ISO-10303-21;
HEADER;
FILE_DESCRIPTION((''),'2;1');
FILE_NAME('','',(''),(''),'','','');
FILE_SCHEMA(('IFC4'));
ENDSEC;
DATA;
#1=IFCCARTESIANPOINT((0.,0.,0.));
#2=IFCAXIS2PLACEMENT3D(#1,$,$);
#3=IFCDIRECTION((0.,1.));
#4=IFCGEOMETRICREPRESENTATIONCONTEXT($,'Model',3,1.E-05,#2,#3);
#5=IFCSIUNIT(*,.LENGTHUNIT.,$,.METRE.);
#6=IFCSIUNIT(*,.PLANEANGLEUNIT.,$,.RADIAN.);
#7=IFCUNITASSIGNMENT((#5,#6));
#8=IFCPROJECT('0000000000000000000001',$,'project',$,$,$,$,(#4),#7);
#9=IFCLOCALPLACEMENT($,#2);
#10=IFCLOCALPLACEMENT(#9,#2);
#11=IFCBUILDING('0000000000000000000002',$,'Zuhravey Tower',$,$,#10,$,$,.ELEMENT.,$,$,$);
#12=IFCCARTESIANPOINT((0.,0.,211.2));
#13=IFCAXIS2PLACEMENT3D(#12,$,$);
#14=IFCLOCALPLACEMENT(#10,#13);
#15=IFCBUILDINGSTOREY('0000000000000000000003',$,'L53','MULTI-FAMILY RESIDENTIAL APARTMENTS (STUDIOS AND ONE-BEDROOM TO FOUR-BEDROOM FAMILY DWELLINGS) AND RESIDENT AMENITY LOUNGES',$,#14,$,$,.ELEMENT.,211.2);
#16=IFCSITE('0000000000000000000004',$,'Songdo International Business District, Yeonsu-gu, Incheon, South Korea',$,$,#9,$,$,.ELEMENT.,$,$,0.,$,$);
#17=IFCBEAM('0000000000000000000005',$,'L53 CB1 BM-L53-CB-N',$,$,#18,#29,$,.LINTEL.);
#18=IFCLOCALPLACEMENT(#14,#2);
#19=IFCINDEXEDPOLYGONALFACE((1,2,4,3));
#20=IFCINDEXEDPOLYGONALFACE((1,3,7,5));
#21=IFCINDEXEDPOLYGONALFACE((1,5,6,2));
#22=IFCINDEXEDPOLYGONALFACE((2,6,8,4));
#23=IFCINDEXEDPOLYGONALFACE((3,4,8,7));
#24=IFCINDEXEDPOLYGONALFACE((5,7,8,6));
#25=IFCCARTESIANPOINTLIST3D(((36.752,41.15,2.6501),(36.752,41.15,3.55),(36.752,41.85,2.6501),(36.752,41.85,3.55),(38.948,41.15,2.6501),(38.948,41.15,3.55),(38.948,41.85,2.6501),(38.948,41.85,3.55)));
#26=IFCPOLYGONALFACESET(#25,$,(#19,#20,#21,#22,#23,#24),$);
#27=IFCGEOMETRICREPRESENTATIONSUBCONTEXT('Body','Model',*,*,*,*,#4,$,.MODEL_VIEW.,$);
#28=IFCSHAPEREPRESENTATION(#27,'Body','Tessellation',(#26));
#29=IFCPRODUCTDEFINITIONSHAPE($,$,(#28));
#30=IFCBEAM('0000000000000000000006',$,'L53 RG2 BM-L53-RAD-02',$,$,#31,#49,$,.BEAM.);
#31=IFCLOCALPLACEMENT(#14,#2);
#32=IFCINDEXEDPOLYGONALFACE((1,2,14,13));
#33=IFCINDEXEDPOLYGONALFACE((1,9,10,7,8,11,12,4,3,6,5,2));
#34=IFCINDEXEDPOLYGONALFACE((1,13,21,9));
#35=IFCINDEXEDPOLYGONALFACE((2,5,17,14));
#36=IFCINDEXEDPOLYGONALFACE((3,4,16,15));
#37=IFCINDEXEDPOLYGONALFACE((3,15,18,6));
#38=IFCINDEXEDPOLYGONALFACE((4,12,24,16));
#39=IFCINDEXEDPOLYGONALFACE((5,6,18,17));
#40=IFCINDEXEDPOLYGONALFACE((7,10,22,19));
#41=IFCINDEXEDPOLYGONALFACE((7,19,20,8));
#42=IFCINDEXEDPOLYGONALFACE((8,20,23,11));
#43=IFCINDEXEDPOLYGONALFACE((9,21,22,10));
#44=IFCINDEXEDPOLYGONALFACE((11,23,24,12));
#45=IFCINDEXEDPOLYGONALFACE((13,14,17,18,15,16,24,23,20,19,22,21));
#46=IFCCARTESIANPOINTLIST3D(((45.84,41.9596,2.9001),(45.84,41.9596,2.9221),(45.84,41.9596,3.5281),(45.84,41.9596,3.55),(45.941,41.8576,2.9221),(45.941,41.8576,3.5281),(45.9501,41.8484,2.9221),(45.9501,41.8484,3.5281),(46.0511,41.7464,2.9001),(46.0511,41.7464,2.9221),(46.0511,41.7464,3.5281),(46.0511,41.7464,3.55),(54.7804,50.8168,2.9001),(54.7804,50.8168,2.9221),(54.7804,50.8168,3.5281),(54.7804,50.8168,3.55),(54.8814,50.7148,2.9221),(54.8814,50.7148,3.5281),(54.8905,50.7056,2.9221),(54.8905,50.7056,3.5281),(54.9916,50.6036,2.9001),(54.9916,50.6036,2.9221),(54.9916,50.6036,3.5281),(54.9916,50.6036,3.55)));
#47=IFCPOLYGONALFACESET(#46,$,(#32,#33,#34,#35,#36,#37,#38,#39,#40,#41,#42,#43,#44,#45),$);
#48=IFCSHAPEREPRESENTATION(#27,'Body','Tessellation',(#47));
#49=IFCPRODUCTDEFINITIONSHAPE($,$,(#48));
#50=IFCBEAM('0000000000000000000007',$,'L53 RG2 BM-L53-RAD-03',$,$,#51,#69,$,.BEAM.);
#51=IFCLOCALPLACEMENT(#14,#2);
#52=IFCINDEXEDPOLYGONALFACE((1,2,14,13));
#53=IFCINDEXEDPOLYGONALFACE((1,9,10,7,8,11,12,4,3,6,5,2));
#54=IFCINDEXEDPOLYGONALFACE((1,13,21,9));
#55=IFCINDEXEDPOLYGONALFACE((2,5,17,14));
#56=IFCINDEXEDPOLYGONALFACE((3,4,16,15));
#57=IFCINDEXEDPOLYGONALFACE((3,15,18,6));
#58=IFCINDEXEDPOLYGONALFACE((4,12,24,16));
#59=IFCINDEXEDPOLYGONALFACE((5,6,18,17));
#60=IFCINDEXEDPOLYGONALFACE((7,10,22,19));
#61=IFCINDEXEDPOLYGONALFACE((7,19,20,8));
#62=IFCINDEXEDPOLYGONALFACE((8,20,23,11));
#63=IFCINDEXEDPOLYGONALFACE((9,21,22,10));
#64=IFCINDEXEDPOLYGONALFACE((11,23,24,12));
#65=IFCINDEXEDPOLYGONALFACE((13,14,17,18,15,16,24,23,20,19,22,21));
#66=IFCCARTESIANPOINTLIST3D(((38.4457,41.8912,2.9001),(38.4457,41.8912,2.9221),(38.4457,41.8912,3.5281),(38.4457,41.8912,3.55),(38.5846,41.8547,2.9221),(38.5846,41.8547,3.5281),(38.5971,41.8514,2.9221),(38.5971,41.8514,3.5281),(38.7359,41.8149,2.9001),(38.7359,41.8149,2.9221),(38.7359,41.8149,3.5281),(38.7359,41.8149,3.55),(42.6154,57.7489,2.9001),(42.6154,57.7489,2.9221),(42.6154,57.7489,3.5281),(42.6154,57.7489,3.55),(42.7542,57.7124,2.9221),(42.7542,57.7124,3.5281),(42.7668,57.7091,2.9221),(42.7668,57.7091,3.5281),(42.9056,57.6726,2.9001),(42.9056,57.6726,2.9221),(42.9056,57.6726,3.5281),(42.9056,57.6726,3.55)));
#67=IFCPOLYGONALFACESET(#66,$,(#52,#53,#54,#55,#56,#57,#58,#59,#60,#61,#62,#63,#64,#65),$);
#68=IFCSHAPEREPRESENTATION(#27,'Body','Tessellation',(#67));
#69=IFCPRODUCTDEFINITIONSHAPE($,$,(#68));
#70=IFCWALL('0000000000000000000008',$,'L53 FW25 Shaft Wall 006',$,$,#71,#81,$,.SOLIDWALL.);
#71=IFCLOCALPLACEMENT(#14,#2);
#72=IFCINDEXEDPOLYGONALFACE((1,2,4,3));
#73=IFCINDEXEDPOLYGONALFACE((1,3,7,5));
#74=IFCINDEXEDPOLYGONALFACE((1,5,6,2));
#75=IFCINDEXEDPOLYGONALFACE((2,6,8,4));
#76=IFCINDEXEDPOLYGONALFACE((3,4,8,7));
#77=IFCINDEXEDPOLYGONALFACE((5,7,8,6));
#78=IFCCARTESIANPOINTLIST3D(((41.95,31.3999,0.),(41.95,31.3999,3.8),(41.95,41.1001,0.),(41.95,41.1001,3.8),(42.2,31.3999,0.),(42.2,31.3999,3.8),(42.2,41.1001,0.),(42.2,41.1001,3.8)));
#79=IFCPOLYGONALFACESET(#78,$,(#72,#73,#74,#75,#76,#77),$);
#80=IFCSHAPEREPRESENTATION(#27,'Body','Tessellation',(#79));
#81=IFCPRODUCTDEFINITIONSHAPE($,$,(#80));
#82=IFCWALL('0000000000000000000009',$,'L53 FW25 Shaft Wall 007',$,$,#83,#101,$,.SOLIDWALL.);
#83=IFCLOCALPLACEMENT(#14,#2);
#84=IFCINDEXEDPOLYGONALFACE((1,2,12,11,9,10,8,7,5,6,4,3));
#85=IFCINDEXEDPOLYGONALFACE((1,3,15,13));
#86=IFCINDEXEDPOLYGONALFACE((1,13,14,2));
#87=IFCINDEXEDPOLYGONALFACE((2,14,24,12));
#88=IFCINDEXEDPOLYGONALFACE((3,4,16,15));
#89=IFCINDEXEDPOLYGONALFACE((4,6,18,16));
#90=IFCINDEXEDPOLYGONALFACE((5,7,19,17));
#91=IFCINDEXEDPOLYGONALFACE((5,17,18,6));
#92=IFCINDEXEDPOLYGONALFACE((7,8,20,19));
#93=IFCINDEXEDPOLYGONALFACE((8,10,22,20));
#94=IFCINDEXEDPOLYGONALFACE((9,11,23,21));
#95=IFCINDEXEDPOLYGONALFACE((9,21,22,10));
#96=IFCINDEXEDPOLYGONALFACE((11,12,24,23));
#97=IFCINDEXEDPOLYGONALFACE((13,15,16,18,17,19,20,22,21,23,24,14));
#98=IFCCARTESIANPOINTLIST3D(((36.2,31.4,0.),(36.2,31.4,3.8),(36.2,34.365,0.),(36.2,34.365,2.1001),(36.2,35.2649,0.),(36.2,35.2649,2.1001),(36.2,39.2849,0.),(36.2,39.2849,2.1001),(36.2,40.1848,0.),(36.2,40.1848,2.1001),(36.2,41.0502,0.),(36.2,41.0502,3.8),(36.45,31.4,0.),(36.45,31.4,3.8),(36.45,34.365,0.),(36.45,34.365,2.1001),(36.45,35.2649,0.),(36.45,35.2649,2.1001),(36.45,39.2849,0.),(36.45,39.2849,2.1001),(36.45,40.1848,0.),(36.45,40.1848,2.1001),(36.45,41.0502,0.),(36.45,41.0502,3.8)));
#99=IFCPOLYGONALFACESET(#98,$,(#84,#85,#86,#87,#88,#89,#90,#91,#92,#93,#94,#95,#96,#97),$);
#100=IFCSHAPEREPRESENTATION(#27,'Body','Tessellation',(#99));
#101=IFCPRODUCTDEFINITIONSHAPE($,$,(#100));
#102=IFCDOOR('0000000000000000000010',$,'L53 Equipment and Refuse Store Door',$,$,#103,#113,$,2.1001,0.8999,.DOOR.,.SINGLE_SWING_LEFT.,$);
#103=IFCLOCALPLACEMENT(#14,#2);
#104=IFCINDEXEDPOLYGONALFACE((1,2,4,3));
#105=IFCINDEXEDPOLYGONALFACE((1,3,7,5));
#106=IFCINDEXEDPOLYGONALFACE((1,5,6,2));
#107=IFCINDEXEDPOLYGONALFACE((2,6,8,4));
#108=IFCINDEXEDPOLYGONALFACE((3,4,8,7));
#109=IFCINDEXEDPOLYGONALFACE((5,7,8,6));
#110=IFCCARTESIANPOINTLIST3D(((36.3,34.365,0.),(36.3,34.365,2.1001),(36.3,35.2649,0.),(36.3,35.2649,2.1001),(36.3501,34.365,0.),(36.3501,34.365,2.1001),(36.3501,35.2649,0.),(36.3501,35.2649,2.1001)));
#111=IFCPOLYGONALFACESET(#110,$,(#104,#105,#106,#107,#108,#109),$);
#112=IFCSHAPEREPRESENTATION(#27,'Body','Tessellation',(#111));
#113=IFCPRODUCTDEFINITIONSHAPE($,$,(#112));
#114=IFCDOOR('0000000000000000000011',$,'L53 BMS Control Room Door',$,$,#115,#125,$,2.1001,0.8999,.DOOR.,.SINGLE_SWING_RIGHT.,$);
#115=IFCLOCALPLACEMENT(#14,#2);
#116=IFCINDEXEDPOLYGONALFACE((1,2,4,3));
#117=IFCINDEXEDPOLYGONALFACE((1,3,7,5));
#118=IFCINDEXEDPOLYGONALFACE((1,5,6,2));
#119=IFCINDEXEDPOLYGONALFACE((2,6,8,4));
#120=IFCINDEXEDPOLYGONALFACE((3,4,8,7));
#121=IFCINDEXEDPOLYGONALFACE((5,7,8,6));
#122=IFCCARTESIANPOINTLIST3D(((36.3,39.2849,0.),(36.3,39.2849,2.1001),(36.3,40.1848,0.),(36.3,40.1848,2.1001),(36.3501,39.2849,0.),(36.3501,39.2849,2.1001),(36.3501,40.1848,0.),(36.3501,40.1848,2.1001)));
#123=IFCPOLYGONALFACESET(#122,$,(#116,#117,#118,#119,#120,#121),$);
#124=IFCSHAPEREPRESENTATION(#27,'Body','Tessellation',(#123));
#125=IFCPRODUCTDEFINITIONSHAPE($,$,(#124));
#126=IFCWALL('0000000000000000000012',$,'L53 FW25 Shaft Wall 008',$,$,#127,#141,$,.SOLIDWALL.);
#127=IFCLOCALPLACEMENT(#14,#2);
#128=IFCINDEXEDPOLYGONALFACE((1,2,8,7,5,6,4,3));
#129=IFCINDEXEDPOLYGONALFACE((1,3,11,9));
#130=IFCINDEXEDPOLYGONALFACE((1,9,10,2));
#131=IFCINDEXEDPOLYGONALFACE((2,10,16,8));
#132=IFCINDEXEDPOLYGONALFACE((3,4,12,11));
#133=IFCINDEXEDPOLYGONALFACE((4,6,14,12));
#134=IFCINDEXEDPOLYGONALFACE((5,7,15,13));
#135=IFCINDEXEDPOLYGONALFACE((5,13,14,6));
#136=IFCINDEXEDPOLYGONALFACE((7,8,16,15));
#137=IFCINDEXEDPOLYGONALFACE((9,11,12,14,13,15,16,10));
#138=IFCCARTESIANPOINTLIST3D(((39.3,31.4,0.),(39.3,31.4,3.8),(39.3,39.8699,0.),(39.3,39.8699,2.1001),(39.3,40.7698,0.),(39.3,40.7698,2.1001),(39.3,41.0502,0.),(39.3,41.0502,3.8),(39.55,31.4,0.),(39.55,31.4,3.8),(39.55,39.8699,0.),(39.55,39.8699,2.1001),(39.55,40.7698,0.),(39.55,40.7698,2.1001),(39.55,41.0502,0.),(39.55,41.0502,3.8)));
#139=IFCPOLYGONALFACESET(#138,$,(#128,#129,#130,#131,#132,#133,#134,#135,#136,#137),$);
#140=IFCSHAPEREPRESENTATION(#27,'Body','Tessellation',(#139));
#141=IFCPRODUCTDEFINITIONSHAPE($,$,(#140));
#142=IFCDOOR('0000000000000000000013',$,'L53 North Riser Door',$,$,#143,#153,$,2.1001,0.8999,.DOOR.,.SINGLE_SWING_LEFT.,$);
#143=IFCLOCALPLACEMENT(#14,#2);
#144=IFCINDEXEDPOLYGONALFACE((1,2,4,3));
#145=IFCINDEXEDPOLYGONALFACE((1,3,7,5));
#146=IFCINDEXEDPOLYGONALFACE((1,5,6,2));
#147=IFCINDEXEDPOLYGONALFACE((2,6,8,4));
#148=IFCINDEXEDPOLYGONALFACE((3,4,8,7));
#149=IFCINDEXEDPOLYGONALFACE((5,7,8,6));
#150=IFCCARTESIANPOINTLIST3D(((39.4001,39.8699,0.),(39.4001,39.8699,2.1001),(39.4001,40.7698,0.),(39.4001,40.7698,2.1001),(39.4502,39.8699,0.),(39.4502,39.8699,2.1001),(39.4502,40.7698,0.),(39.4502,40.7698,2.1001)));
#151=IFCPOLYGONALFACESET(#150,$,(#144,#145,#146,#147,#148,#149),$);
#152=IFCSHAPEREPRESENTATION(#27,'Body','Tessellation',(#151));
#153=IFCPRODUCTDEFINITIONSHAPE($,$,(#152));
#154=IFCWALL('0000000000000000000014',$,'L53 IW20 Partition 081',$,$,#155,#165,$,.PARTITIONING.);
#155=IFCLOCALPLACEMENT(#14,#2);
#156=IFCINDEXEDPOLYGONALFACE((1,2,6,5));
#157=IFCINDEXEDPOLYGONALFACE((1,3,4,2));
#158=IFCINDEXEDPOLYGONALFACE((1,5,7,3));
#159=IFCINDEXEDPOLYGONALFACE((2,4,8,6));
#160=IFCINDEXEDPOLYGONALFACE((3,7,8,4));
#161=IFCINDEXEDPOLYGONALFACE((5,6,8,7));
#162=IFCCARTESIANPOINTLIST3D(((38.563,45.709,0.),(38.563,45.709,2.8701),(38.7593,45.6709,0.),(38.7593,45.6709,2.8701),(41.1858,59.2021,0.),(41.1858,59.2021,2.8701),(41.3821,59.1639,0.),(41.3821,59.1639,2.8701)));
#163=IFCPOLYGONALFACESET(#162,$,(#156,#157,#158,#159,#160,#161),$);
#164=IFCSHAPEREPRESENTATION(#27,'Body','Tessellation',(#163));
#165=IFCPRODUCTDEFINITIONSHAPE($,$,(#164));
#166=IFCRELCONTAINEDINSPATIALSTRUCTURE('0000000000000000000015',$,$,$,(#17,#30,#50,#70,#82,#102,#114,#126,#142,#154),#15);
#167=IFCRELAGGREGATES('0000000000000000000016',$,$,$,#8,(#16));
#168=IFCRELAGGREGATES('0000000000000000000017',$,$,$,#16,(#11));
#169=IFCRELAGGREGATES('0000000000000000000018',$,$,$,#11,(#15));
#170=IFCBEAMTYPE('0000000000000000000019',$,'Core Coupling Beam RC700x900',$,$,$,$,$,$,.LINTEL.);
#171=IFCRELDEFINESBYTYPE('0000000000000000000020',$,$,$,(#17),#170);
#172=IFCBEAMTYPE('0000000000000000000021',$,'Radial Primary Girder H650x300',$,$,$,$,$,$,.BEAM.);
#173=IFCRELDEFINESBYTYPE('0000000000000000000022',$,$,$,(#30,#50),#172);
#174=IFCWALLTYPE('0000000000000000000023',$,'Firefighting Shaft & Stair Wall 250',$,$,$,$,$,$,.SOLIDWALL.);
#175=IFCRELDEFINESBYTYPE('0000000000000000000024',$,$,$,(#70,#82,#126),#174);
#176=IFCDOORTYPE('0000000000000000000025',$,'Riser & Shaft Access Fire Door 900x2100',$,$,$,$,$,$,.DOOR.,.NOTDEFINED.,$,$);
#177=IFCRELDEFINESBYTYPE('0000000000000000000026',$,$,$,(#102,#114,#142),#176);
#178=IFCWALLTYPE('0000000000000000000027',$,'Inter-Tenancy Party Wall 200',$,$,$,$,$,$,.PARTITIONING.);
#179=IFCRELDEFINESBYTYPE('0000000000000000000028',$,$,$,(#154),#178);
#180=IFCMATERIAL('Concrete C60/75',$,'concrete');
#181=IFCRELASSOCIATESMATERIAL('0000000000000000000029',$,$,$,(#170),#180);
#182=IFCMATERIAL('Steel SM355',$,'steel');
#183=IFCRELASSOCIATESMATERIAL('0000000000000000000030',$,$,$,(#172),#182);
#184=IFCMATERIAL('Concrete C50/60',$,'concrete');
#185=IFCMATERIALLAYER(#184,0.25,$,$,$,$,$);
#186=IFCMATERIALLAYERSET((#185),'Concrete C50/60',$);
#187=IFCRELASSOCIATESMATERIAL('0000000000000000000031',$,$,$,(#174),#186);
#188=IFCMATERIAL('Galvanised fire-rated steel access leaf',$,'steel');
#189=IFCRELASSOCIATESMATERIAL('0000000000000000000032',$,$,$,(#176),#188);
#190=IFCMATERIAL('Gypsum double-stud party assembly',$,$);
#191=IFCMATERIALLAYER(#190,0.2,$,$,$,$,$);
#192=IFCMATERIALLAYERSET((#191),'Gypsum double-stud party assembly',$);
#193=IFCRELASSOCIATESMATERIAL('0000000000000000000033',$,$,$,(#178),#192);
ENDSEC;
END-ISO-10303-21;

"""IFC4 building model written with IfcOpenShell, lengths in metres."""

from ifc_helpers import new_model, si_unit, direction, frame, frame_2d, origin, origin_2d, place, context, subcontext, project, spatial, rectangle, i_section, extrude, material, layer, layer_set, material_profile, profile_set, type_object, element, fill, save


model = new_model("IFC4")

# Units and contexts
model_context = context("Model", 3, precision=1e-05, world=origin(), true_north=direction((0.0, 1.0)))
body_context = subcontext(model_context, "Body", "Model", "MODEL_VIEW")
ifc_project = project(units=[si_unit("LENGTHUNIT", "METRE"), si_unit("PLANEANGLEUNIT", "RADIAN")], contexts=[model_context])

# Site, building, storey
site_placement = place(None, origin())
site = spatial("IfcSite", under=ifc_project, at=site_placement, Name="Songdo International Business District, Yeonsu-gu, Incheon, South Korea", CompositionType="ELEMENT", RefElevation=0.0)
building_placement = place(site_placement, origin())
building = spatial("IfcBuilding", under=site, at=building_placement, Name="Zuhravey Tower", CompositionType="ELEMENT")
storey_placement = place(building_placement, frame((0.0, 0.0, 211.2)))
storey = spatial("IfcBuildingStorey", under=building, at=storey_placement, Name="L53", Description="MULTI-FAMILY RESIDENTIAL APARTMENTS (STUDIOS AND ONE-BEDROOM TO FOUR-BEDROOM FAMILY DWELLINGS) AND RESIDENT AMENITY LOUNGES", CompositionType="ELEMENT", Elevation=211.2)

# Beams
ifc_material_1 = material(Name="Concrete C60/75", Category="concrete")
ifc_material_profile_1 = material_profile(ifc_material_1, rectangle(XDim=0.7, YDim=0.8999, at=origin_2d()), Name="RC-700x900")
ifc_profile_set_1 = profile_set([ifc_material_profile_1], Name="Concrete C60/75")
beam_type_1 = type_object("IfcBeamType", Name="Core Coupling Beam RC700x900", PredefinedType="LINTEL", material=ifc_profile_set_1)
beam_1_placement = place(storey_placement, frame((36.752, 41.5, 3.1001), z_axis=(1.0, 0.0, 0.0), x_axis=(0.0, 1.0, 0.0)))
element("IfcBeam", 1, at=beam_1_placement, inside=storey, type_object=beam_type_1, Name="L53 CB1 BM-L53-CB-N", PredefinedType="LINTEL", context=body_context, shape_type="SweptSolid", body=[
    extrude(rectangle(XDim=0.7, YDim=0.8999, at=origin_2d()), origin(), (0.0, 0.0, 1.0), 2.196),
])
ifc_material_2 = material(Name="Steel SM355", Category="steel")
ifc_material_profile_2 = material_profile(ifc_material_2, i_section(OverallWidth=0.3, OverallDepth=0.6499, WebThickness=0.0129, FlangeThickness=0.022, at=origin_2d()), Name="H-650x300x13x22")
ifc_profile_set_2 = profile_set([ifc_material_profile_2], Name="Steel SM355")
beam_type_2 = type_object("IfcBeamType", Name="Radial Primary Girder H650x300", PredefinedType="BEAM", material=ifc_profile_set_2)
beam_2_placement = place(storey_placement, frame((45.9456, 41.853, 3.2251), z_axis=(0.710407, 0.703791, 0.0), x_axis=(-0.703791, 0.710407, 0.0)))
element("IfcBeam", 2, at=beam_2_placement, inside=storey, type_object=beam_type_2, Name="L53 RG2 BM-L53-RAD-02", PredefinedType="BEAM", context=body_context, shape_type="SweptSolid", body=[
    extrude(i_section(OverallWidth=0.3, OverallDepth=0.6499, WebThickness=0.0129, FlangeThickness=0.022, at=origin_2d()), origin(), (0.0, 0.0, 1.0), 12.585),
])
beam_3_placement = place(storey_placement, frame((38.5908, 41.853, 3.2251), z_axis=(0.2543, 0.967125, 0.0), x_axis=(-0.967125, 0.2543, 0.0)))
element("IfcBeam", 3, at=beam_3_placement, inside=storey, type_object=beam_type_2, Name="L53 RG2 BM-L53-RAD-03", PredefinedType="BEAM", context=body_context, shape_type="SweptSolid", body=[
    extrude(i_section(OverallWidth=0.3, OverallDepth=0.6499, WebThickness=0.0129, FlangeThickness=0.022, at=origin_2d()), origin(), (0.0, 0.0, 1.0), 16.3967),
])

# Shared definitions
ifc_material_3 = material(Name="Concrete C50/60", Category="concrete")
ifc_layer_1 = layer(ifc_material_3, 0.25)
ifc_layer_set_1 = layer_set([ifc_layer_1], Name="Concrete C50/60")
wall_type_1 = type_object("IfcWallType", Name="Firefighting Shaft & Stair Wall 250", PredefinedType="SOLIDWALL", material=ifc_layer_set_1)

# Wall
wall_1_placement = place(storey_placement, frame((42.075, 31.3999, 0.0), z_axis=(0.0, 0.0, 1.0), x_axis=(0.0, 1.0, 0.0)))
element("IfcWall", 4, at=wall_1_placement, inside=storey, type_object=wall_type_1, Name="L53 FW25 Shaft Wall 006", PredefinedType="SOLIDWALL", context=body_context, shape_type="SweptSolid", body=[
    extrude(rectangle(XDim=9.7002, YDim=0.25, at=frame_2d((4.8501, 0.0))), origin(), (0.0, 0.0, 1.0), 3.8),
])

# Wall, openings, doors
wall_2_placement = place(storey_placement, frame((36.325, 31.3999, 0.0), z_axis=(0.0, 0.0, 1.0), x_axis=(0.0, 1.0, 0.0)))
wall_2 = element("IfcWall", 5, at=wall_2_placement, inside=storey, type_object=wall_type_1, Name="L53 FW25 Shaft Wall 007", PredefinedType="SOLIDWALL", context=body_context, shape_type="SweptSolid", body=[
    extrude(rectangle(XDim=9.6501, YDim=0.25, at=frame_2d((4.8252, 0.0))), origin(), (0.0, 0.0, 1.0), 3.8),
])
opening_1_placement = place(wall_2_placement, frame((2.9651, 0.0, 0.0)))
opening_1 = element("IfcOpeningElement", 6, at=opening_1_placement, cuts=wall_2, PredefinedType="OPENING", context=body_context, shape_type="SweptSolid", body=[
    extrude(rectangle(XDim=0.8999, YDim=2.1001, at=frame_2d((0.45, 1.05))), frame((0.0, 0.137, 0.0), z_axis=(0.0, -1.0, 0.0), x_axis=(1.0, 0.0, 0.0)), (0.0, 0.0, 1.0), 0.2739),
])
opening_2_placement = place(wall_2_placement, frame((7.885, 0.0, 0.0)))
opening_2 = element("IfcOpeningElement", 7, at=opening_2_placement, cuts=wall_2, PredefinedType="OPENING", context=body_context, shape_type="SweptSolid", body=[
    extrude(rectangle(XDim=0.8999, YDim=2.1001, at=frame_2d((0.45, 1.05))), frame((0.0, 0.137, 0.0), z_axis=(0.0, -1.0, 0.0), x_axis=(1.0, 0.0, 0.0)), (0.0, 0.0, 1.0), 0.2739),
])
ifc_material_4 = material(Name="Galvanised fire-rated steel access leaf", Category="steel")
door_type_1 = type_object("IfcDoorType", Name="Riser & Shaft Access Fire Door 900x2100", OperationType="NOTDEFINED", PredefinedType="DOOR", material=ifc_material_4)
door_1_placement = place(opening_1_placement, origin())
door_1 = element("IfcDoor", 8, at=door_1_placement, inside=storey, type_object=door_type_1, Name="L53 Equipment and Refuse Store Door", OperationType="SINGLE_SWING_LEFT", OverallHeight=2.1001, OverallWidth=0.8999, PredefinedType="DOOR", context=body_context, shape_type="SweptSolid", body=[
    extrude(rectangle(XDim=0.8999, YDim=2.1001, at=frame_2d((0.45, 1.05))), frame((0.0, 0.0249, 0.0), z_axis=(0.0, -1.0, 0.0), x_axis=(1.0, 0.0, 0.0)), (0.0, 0.0, 1.0), 0.05),
])
fill(opening_1, door_1)
door_2_placement = place(opening_2_placement, origin())
door_2 = element("IfcDoor", 9, at=door_2_placement, inside=storey, type_object=door_type_1, Name="L53 BMS Control Room Door", OperationType="SINGLE_SWING_RIGHT", OverallHeight=2.1001, OverallWidth=0.8999, PredefinedType="DOOR", context=body_context, shape_type="SweptSolid", body=[
    extrude(rectangle(XDim=0.8999, YDim=2.1001, at=frame_2d((0.45, 1.05))), frame((0.0, 0.0249, 0.0), z_axis=(0.0, -1.0, 0.0), x_axis=(1.0, 0.0, 0.0)), (0.0, 0.0, 1.0), 0.05),
])
fill(opening_2, door_2)

# Wall, opening, door
wall_3_placement = place(storey_placement, frame((39.425, 31.3999, 0.0), z_axis=(0.0, 0.0, 1.0), x_axis=(0.0, 1.0, 0.0)))
wall_3 = element("IfcWall", 10, at=wall_3_placement, inside=storey, type_object=wall_type_1, Name="L53 FW25 Shaft Wall 008", PredefinedType="SOLIDWALL", context=body_context, shape_type="SweptSolid", body=[
    extrude(rectangle(XDim=9.6501, YDim=0.25, at=frame_2d((4.8252, 0.0))), origin(), (0.0, 0.0, 1.0), 3.8),
])
opening_3_placement = place(wall_3_placement, frame((8.47, 0.0, 0.0)))
opening_3 = element("IfcOpeningElement", 11, at=opening_3_placement, cuts=wall_3, PredefinedType="OPENING", context=body_context, shape_type="SweptSolid", body=[
    extrude(rectangle(XDim=0.8999, YDim=2.1001, at=frame_2d((0.45, 1.05))), frame((0.0, 0.137, 0.0), z_axis=(0.0, -1.0, 0.0), x_axis=(1.0, 0.0, 0.0)), (0.0, 0.0, 1.0), 0.2739),
])
door_3_placement = place(opening_3_placement, origin())
door_3 = element("IfcDoor", 12, at=door_3_placement, inside=storey, type_object=door_type_1, Name="L53 North Riser Door", OperationType="SINGLE_SWING_LEFT", OverallHeight=2.1001, OverallWidth=0.8999, PredefinedType="DOOR", context=body_context, shape_type="SweptSolid", body=[
    extrude(rectangle(XDim=0.8999, YDim=2.1001, at=frame_2d((0.45, 1.05))), frame((0.0, 0.0249, 0.0), z_axis=(0.0, -1.0, 0.0), x_axis=(1.0, 0.0, 0.0)), (0.0, 0.0, 1.0), 0.05),
])
fill(opening_3, door_3)

# Wall
ifc_material_5 = material(Name="Gypsum double-stud party assembly")
ifc_layer_2 = layer(ifc_material_5, 0.2)
ifc_layer_set_2 = layer_set([ifc_layer_2], Name="Gypsum double-stud party assembly")
wall_type_2 = type_object("IfcWallType", Name="Inter-Tenancy Party Wall 200", PredefinedType="PARTITIONING", material=ifc_layer_set_2)
wall_4_placement = place(storey_placement, frame((38.6611, 45.6899, 0.0), z_axis=(0.0, 0.0, 1.0), x_axis=(0.190809, 0.981627, 0.0)))
element("IfcWall", 13, at=wall_4_placement, inside=storey, type_object=wall_type_2, Name="L53 IW20 Partition 081", PredefinedType="PARTITIONING", context=body_context, shape_type="SweptSolid", body=[
    extrude(rectangle(XDim=13.7456, YDim=0.2, at=frame_2d((6.8728, 0.0))), origin(), (0.0, 0.0, 1.0), 2.8701),
])

save(model, "model.ifc")
